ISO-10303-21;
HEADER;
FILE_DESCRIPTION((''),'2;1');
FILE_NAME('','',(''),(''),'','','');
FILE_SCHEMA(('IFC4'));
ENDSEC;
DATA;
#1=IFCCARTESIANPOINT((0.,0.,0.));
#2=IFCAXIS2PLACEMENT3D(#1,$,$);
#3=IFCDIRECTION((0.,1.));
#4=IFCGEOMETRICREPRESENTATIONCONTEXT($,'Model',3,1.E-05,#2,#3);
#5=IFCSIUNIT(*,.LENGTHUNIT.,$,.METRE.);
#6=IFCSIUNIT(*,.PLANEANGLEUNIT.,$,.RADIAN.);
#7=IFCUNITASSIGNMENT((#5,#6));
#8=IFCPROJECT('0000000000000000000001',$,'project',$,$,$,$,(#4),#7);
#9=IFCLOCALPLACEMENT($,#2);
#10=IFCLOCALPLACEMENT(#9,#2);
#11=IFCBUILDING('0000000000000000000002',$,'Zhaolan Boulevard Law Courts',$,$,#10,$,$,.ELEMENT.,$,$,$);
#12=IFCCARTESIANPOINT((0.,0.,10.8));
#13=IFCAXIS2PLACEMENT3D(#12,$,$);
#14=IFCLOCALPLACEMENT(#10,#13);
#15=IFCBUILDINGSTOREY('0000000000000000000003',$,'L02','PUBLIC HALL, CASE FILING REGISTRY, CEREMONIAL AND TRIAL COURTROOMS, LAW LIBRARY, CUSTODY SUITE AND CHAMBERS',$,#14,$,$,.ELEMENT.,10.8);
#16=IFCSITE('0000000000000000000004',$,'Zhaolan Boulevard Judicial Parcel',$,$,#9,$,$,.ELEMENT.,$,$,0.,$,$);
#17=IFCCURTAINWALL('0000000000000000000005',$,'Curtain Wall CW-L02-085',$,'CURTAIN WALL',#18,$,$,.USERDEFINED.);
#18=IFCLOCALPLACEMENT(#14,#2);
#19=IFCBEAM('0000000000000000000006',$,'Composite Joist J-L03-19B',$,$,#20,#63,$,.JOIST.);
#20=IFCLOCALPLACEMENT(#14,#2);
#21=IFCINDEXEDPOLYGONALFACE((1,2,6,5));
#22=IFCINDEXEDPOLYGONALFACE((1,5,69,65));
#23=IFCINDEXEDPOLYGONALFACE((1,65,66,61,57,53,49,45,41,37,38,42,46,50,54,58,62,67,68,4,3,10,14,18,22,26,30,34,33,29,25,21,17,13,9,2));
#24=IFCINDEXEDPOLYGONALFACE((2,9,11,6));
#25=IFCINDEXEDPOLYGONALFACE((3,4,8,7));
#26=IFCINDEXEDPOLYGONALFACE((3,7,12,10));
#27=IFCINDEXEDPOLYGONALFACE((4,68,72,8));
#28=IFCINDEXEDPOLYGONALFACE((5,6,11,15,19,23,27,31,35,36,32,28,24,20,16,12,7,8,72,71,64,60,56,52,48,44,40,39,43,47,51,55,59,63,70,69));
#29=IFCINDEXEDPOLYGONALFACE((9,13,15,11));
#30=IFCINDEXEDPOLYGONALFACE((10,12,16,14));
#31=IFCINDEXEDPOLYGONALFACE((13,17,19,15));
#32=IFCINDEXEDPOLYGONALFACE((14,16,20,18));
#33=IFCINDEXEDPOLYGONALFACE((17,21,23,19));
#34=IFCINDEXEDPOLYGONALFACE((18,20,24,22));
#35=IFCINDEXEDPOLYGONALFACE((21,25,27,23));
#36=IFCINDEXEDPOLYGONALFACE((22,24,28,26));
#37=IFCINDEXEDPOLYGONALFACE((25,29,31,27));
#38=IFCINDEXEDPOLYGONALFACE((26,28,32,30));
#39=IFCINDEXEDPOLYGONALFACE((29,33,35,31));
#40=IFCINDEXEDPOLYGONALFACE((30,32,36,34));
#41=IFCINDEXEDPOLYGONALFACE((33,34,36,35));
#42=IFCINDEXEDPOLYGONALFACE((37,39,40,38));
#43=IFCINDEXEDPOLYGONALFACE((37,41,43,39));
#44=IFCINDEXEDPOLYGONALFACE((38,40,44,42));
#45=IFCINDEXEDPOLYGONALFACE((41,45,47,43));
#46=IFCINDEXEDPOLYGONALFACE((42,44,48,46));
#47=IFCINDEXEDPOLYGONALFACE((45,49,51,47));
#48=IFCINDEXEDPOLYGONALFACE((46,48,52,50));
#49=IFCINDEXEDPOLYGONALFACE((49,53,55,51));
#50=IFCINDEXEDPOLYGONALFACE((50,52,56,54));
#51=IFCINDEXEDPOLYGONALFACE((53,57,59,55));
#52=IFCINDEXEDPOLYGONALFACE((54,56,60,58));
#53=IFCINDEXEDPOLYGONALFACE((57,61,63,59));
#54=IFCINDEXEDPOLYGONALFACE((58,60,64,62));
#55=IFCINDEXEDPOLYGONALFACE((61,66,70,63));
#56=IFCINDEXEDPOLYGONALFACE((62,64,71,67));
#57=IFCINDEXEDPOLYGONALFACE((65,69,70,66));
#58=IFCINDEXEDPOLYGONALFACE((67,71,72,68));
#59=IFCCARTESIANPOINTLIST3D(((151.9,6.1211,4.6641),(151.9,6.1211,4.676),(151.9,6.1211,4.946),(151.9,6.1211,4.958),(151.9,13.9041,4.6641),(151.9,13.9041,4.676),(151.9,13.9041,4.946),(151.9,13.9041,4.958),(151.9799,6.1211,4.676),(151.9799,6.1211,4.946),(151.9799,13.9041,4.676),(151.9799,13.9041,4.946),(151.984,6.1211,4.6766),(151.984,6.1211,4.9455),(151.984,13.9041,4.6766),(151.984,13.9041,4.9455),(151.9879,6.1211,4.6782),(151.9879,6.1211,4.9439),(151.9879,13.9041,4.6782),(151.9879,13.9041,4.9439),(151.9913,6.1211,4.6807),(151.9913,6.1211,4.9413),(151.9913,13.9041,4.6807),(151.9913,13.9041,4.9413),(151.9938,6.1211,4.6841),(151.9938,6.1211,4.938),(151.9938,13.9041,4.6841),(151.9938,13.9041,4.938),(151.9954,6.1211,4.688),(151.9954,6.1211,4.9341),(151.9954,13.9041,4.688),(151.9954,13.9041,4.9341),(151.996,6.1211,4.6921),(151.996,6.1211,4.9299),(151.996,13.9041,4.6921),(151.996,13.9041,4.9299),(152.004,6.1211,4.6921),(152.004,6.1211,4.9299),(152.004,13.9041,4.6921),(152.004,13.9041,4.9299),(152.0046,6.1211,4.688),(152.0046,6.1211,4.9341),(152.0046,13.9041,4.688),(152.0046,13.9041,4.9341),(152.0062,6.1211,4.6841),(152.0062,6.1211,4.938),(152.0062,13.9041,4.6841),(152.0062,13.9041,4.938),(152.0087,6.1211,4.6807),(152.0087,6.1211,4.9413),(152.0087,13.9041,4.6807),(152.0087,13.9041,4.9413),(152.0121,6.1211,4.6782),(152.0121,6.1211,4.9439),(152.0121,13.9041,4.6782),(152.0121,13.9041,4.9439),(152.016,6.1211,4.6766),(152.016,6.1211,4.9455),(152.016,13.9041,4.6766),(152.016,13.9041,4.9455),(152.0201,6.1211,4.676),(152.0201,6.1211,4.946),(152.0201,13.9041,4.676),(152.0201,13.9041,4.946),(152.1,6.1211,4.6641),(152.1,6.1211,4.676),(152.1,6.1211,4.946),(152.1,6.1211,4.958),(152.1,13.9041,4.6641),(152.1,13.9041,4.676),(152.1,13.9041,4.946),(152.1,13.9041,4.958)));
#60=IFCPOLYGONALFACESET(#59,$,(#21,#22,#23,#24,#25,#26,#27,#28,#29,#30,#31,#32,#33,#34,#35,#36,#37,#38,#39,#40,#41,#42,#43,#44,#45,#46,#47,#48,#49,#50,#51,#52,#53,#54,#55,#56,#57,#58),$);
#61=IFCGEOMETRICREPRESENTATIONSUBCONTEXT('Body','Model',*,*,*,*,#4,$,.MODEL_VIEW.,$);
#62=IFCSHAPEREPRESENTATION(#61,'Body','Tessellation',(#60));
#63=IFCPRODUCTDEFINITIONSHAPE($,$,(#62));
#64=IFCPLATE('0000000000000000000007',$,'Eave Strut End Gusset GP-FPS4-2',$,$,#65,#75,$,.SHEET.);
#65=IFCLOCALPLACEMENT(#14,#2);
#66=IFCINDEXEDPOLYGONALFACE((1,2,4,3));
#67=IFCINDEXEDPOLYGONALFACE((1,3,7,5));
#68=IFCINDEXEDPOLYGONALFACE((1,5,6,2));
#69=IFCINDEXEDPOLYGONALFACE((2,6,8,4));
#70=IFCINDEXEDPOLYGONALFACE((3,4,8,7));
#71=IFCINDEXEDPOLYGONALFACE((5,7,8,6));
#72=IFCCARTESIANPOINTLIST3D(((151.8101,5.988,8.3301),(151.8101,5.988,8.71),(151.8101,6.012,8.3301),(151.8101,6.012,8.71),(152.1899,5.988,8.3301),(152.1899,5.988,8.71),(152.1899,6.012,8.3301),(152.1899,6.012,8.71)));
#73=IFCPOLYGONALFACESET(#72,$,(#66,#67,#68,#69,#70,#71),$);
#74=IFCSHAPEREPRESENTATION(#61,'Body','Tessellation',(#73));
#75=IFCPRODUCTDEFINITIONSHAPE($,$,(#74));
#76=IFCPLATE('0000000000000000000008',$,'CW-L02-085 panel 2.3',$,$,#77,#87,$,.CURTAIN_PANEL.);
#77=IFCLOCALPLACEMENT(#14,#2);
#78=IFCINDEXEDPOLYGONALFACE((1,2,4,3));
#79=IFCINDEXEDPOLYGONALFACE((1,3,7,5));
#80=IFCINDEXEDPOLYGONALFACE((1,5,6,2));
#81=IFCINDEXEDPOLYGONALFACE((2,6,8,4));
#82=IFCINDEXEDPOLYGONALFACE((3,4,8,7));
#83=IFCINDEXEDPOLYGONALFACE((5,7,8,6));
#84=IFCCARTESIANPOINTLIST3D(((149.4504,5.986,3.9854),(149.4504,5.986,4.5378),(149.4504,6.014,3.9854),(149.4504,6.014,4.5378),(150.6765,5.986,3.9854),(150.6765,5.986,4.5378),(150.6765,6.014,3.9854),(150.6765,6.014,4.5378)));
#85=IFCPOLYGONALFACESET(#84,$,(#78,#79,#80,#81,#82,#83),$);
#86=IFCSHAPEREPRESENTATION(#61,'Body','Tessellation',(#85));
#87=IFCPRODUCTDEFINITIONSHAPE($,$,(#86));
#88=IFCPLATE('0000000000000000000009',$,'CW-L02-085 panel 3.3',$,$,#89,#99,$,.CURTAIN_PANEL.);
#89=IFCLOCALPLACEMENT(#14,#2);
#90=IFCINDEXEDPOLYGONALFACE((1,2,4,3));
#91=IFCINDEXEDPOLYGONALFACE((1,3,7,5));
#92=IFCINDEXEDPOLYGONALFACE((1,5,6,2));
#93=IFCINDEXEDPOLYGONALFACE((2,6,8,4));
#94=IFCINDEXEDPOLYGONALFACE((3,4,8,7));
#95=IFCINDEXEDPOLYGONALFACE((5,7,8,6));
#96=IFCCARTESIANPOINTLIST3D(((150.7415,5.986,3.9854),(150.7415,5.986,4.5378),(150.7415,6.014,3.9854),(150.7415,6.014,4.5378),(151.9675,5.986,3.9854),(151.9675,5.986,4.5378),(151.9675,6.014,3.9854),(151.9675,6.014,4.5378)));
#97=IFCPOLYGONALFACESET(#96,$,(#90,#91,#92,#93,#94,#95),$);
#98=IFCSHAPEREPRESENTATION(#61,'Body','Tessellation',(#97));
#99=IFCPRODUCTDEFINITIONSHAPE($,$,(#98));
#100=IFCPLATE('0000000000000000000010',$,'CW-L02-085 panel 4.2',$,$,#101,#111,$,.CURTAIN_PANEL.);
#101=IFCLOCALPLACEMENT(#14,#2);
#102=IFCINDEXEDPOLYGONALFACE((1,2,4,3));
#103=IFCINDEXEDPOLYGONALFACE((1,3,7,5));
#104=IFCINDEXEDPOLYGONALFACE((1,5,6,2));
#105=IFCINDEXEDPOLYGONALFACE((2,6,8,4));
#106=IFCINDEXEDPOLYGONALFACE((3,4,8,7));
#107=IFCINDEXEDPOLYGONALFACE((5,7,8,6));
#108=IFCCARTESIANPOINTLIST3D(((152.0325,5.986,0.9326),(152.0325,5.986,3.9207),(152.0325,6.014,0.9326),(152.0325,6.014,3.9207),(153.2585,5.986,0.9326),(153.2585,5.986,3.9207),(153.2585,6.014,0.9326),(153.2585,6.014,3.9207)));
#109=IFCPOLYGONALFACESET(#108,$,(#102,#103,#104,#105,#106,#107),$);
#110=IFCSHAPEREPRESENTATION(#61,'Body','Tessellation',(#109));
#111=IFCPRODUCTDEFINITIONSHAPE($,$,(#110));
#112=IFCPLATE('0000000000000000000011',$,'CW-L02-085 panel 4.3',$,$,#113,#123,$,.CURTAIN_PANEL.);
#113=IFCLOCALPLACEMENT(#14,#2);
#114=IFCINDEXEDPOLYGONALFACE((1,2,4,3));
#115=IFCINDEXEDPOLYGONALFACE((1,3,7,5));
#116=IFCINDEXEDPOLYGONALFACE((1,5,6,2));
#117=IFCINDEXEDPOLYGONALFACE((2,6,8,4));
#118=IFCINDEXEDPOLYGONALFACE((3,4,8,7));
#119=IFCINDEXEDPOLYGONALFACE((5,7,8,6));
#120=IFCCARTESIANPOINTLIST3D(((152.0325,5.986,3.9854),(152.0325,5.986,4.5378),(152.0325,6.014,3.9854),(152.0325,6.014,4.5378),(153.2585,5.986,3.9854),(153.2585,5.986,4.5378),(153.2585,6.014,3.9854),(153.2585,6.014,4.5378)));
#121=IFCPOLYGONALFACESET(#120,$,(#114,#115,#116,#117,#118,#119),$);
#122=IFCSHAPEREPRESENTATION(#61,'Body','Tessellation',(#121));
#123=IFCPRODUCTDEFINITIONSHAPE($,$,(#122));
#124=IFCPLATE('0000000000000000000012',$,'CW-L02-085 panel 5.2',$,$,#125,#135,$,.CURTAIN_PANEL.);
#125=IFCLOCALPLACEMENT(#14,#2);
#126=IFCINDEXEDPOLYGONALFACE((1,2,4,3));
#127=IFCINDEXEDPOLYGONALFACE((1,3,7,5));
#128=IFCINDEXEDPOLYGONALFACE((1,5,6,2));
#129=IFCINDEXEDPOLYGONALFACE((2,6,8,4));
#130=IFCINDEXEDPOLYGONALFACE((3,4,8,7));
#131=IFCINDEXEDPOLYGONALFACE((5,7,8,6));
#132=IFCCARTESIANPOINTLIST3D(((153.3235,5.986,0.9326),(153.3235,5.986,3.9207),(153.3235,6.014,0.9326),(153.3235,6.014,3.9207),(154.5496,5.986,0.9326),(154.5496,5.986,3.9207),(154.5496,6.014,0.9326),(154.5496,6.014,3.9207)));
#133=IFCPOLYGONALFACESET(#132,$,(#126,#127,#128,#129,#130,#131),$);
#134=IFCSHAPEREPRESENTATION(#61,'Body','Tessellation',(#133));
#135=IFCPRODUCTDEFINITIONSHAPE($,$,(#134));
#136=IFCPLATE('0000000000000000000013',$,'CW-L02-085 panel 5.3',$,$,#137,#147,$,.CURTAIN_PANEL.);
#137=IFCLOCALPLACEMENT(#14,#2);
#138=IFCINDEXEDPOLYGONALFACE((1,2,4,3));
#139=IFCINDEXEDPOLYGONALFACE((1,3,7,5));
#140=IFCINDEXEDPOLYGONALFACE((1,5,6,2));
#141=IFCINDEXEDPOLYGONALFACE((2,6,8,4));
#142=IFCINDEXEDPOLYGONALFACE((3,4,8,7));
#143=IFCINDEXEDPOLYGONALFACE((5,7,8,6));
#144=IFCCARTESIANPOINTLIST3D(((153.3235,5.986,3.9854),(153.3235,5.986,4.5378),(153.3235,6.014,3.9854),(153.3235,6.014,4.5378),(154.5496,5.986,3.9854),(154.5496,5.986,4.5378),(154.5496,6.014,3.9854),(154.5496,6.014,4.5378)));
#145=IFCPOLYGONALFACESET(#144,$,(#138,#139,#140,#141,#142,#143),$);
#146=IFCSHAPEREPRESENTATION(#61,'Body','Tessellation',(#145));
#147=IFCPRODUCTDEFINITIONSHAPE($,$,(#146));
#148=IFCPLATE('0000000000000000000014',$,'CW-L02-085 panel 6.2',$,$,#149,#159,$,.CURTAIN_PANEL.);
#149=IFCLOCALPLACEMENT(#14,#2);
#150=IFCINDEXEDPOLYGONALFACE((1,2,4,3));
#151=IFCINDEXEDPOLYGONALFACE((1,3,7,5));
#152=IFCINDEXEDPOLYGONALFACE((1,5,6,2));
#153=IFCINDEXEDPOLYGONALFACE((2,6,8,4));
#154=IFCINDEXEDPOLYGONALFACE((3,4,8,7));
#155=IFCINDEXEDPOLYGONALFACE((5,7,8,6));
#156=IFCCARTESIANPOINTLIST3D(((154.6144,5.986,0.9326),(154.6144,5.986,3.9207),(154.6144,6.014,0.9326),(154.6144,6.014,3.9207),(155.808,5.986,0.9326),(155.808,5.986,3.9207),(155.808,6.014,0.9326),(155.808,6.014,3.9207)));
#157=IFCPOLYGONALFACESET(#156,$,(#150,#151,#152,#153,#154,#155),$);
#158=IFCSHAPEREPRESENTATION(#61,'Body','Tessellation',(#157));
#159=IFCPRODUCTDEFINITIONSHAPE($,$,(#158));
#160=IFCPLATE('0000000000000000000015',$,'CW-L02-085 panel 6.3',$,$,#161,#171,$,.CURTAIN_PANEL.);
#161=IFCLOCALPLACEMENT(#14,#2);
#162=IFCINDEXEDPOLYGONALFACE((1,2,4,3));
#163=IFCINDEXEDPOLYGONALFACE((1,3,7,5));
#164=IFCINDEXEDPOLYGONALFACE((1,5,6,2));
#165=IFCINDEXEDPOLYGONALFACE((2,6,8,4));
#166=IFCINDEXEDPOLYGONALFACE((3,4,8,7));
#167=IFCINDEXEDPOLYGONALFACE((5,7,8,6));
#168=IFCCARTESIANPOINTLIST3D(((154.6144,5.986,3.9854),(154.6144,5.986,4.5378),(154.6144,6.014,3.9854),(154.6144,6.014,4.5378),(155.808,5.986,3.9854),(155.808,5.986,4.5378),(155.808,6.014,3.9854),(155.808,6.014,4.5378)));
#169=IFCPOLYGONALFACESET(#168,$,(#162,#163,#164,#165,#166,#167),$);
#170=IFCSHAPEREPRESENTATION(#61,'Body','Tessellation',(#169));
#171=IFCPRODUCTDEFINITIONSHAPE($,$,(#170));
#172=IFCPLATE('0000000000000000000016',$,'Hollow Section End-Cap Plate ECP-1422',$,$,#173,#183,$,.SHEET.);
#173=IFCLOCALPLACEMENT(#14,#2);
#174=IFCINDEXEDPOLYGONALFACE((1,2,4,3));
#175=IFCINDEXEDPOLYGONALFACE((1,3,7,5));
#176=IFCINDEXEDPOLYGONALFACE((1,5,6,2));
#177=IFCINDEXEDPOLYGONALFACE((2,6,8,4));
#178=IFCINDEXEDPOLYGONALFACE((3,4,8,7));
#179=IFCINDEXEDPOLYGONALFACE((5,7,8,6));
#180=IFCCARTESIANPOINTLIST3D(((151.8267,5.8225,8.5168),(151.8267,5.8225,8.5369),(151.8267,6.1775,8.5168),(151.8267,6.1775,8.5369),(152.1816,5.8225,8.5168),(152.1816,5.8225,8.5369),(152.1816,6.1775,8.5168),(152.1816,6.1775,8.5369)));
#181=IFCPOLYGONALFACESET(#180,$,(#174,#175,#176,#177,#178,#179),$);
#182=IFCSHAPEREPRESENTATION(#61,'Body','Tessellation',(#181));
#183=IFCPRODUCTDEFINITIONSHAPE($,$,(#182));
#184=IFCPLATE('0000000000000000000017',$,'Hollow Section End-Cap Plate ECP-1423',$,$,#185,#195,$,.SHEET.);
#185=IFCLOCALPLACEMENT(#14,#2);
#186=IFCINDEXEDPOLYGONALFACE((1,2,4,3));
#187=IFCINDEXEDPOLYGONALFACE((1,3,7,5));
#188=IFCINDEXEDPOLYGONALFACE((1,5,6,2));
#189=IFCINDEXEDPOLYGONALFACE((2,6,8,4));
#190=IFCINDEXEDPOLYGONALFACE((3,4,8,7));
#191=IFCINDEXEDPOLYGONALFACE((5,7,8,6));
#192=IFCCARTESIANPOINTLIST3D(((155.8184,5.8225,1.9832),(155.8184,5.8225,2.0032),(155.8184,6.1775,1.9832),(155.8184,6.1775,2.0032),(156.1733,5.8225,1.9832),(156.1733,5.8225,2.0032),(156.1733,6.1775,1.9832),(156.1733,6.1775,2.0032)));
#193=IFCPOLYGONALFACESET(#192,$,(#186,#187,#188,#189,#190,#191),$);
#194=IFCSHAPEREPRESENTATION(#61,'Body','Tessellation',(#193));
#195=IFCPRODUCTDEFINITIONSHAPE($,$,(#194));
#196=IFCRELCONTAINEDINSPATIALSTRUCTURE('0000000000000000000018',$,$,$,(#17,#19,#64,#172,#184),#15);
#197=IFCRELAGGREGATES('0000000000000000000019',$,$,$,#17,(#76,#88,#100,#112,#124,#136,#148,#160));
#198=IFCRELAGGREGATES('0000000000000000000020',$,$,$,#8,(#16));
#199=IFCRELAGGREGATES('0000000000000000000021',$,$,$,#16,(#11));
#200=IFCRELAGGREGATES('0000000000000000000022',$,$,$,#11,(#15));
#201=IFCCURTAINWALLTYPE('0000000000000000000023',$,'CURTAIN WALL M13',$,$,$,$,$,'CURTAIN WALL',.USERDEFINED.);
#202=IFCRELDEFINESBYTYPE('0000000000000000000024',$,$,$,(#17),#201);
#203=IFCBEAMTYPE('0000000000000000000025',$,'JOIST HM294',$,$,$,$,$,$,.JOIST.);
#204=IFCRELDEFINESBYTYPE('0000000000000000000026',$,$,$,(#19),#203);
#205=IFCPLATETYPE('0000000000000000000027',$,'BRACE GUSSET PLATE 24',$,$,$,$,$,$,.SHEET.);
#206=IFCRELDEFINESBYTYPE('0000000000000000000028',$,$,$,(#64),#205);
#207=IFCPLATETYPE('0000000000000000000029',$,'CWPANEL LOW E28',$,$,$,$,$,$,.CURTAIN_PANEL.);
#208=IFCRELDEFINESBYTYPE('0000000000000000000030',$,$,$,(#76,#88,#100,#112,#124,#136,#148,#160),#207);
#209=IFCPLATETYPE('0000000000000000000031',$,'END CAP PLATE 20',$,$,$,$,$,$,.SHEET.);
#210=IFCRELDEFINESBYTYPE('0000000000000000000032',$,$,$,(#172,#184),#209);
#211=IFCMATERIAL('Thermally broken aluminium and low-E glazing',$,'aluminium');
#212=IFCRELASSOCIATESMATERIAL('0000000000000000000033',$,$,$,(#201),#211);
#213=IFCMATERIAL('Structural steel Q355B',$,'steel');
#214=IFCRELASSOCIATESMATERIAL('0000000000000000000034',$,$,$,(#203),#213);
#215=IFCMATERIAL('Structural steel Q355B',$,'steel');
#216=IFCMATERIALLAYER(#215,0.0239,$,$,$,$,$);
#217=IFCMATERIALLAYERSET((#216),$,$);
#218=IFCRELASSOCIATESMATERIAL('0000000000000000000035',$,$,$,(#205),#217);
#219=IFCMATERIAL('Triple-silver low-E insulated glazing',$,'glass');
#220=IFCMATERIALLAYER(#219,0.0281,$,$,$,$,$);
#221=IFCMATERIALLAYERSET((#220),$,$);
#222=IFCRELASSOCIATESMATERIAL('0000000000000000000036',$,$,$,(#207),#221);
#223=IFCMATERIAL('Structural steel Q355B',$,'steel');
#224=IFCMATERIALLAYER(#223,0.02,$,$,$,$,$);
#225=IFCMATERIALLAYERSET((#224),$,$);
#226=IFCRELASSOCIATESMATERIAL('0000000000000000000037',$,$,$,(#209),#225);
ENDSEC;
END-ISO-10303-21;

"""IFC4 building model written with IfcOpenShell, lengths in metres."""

from ifc_helpers import new_model, si_unit, direction, frame, origin, origin_2d, place, context, subcontext, project, spatial, rectangle, i_section, extrude, material, layer, layer_set, material_profile, profile_set, type_object, element, aggregate, save


model = new_model("IFC4")

# Units and contexts
model_context = context("Model", 3, precision=1e-05, world=origin(), true_north=direction((0.0, 1.0)))
body_context = subcontext(model_context, "Body", "Model", "MODEL_VIEW")
ifc_project = project(units=[si_unit("LENGTHUNIT", "METRE"), si_unit("PLANEANGLEUNIT", "RADIAN")], contexts=[model_context])

# Site, building, storey
site_placement = place(None, origin())
site = spatial("IfcSite", under=ifc_project, at=site_placement, Name="Zhaolan Boulevard Judicial Parcel", CompositionType="ELEMENT", RefElevation=0.0)
building_placement = place(site_placement, origin())
building = spatial("IfcBuilding", under=site, at=building_placement, Name="Zhaolan Boulevard Law Courts", CompositionType="ELEMENT")
storey_placement = place(building_placement, frame((0.0, 0.0, 10.8)))
storey = spatial("IfcBuildingStorey", under=building, at=storey_placement, Name="L02", Description="PUBLIC HALL, CASE FILING REGISTRY, CEREMONIAL AND TRIAL COURTROOMS, LAW LIBRARY, CUSTODY SUITE AND CHAMBERS", CompositionType="ELEMENT", Elevation=10.8)

# Curtain wall
ifc_material_1 = material(Name="Thermally broken aluminium and low-E glazing", Category="aluminium")
curtain_wall_type = type_object("IfcCurtainWallType", Name="CURTAIN WALL M13", ElementType="CURTAIN WALL", PredefinedType="USERDEFINED", material=ifc_material_1)
curtain_wall_placement = place(storey_placement, origin())
curtain_wall = element("IfcCurtainWall", 1, at=curtain_wall_placement, inside=storey, type_object=curtain_wall_type, Name="Curtain Wall CW-L02-085", ObjectType="CURTAIN WALL", PredefinedType="USERDEFINED")

# Beam
ifc_material_2 = material(Name="Structural steel Q355B", Category="steel")
ifc_material_profile_1 = material_profile(ifc_material_2, i_section(OverallWidth=0.2, OverallDepth=0.2939, WebThickness=0.0081, FlangeThickness=0.012, FilletRadius=0.0161, at=origin_2d()), Name="HM294x200")
ifc_profile_set_1 = profile_set([ifc_material_profile_1], Name="Structural steel Q355B")
beam_type_1 = type_object("IfcBeamType", Name="JOIST HM294", PredefinedType="JOIST", material=ifc_profile_set_1)
beam_1_placement = place(storey_placement, frame((152.0, 6.1211, 4.811), z_axis=(0.0, 1.0, 0.0), x_axis=(-1.0, 0.0, 0.0)))
element("IfcBeam", 2, at=beam_1_placement, inside=storey, type_object=beam_type_1, Name="Composite Joist J-L03-19B", PredefinedType="JOIST", context=body_context, shape_type="SweptSolid", body=[
    extrude(i_section(OverallWidth=0.2, OverallDepth=0.2939, WebThickness=0.0081, FlangeThickness=0.012, FilletRadius=0.0161, at=origin_2d()), origin(), (0.0, 0.0, 1.0), 7.783),
])

# Plates
ifc_material_3 = material(Name="Structural steel Q355B", Category="steel")
ifc_layer_1 = layer(ifc_material_3, 0.0239)
ifc_layer_set_1 = layer_set([ifc_layer_1])
plate_type_1 = type_object("IfcPlateType", Name="BRACE GUSSET PLATE 24", PredefinedType="SHEET", material=ifc_layer_set_1)
plate_1_placement = place(storey_placement, frame((152.0, 6.0, 8.3301), z_axis=(0.0, 0.0, 1.0), x_axis=(1.0, 0.0, 0.0)))
element("IfcPlate", 3, at=plate_1_placement, inside=storey, type_object=plate_type_1, Name="Eave Strut End Gusset GP-FPS4-2", PredefinedType="SHEET", context=body_context, shape_type="SweptSolid", body=[
    extrude(rectangle(XDim=0.3799, YDim=0.0239, at=origin_2d()), origin(), (0.0, 0.0, 1.0), 0.3799),
])
ifc_material_4 = material(Name="Triple-silver low-E insulated glazing", Category="glass")
ifc_layer_2 = layer(ifc_material_4, 0.0281)
ifc_layer_set_2 = layer_set([ifc_layer_2])
plate_type_2 = type_object("IfcPlateType", Name="CWPANEL LOW E28", PredefinedType="CURTAIN_PANEL", material=ifc_layer_set_2)
plate_2_placement = place(storey_placement, frame((150.0635, 6.0, 3.9854), z_axis=(0.0, 0.0, 1.0), x_axis=(1.0, 0.0, 0.0)))
plate_2 = element("IfcPlate", 4, at=plate_2_placement, type_object=plate_type_2, Name="CW-L02-085 panel 2.3", PredefinedType="CURTAIN_PANEL", context=body_context, shape_type="SweptSolid", body=[
    extrude(rectangle(XDim=1.2261, YDim=0.0281, at=origin_2d()), origin(), (0.0, 0.0, 1.0), 0.5525),
])
plate_3_placement = place(storey_placement, frame((151.3545, 6.0, 3.9854), z_axis=(0.0, 0.0, 1.0), x_axis=(1.0, 0.0, 0.0)))
plate_3 = element("IfcPlate", 5, at=plate_3_placement, type_object=plate_type_2, Name="CW-L02-085 panel 3.3", PredefinedType="CURTAIN_PANEL", context=body_context, shape_type="SweptSolid", body=[
    extrude(rectangle(XDim=1.2261, YDim=0.0281, at=origin_2d()), origin(), (0.0, 0.0, 1.0), 0.5525),
])
plate_4_placement = place(storey_placement, frame((152.6455, 6.0, 0.9326), z_axis=(0.0, 0.0, 1.0), x_axis=(1.0, 0.0, 0.0)))
plate_4 = element("IfcPlate", 6, at=plate_4_placement, type_object=plate_type_2, Name="CW-L02-085 panel 4.2", PredefinedType="CURTAIN_PANEL", context=body_context, shape_type="SweptSolid", body=[
    extrude(rectangle(XDim=1.2261, YDim=0.0281, at=origin_2d()), origin(), (0.0, 0.0, 1.0), 2.988),
])
plate_5_placement = place(storey_placement, frame((152.6455, 6.0, 3.9854), z_axis=(0.0, 0.0, 1.0), x_axis=(1.0, 0.0, 0.0)))
plate_5 = element("IfcPlate", 7, at=plate_5_placement, type_object=plate_type_2, Name="CW-L02-085 panel 4.3", PredefinedType="CURTAIN_PANEL", context=body_context, shape_type="SweptSolid", body=[
    extrude(rectangle(XDim=1.2261, YDim=0.0281, at=origin_2d()), origin(), (0.0, 0.0, 1.0), 0.5525),
])
plate_6_placement = place(storey_placement, frame((153.9365, 6.0, 0.9326), z_axis=(0.0, 0.0, 1.0), x_axis=(1.0, 0.0, 0.0)))
plate_6 = element("IfcPlate", 8, at=plate_6_placement, type_object=plate_type_2, Name="CW-L02-085 panel 5.2", PredefinedType="CURTAIN_PANEL", context=body_context, shape_type="SweptSolid", body=[
    extrude(rectangle(XDim=1.2261, YDim=0.0281, at=origin_2d()), origin(), (0.0, 0.0, 1.0), 2.988),
])
plate_7_placement = place(storey_placement, frame((153.9365, 6.0, 3.9854), z_axis=(0.0, 0.0, 1.0), x_axis=(1.0, 0.0, 0.0)))
plate_7 = element("IfcPlate", 9, at=plate_7_placement, type_object=plate_type_2, Name="CW-L02-085 panel 5.3", PredefinedType="CURTAIN_PANEL", context=body_context, shape_type="SweptSolid", body=[
    extrude(rectangle(XDim=1.2261, YDim=0.0281, at=origin_2d()), origin(), (0.0, 0.0, 1.0), 0.5525),
])
plate_8_placement = place(storey_placement, frame((155.2112, 6.0, 0.9326), z_axis=(0.0, 0.0, 1.0), x_axis=(1.0, 0.0, 0.0)))
plate_8 = element("IfcPlate", 10, at=plate_8_placement, type_object=plate_type_2, Name="CW-L02-085 panel 6.2", PredefinedType="CURTAIN_PANEL", context=body_context, shape_type="SweptSolid", body=[
    extrude(rectangle(XDim=1.1936, YDim=0.0281, at=origin_2d()), origin(), (0.0, 0.0, 1.0), 2.988),
])
plate_9_placement = place(storey_placement, frame((155.2112, 6.0, 3.9854), z_axis=(0.0, 0.0, 1.0), x_axis=(1.0, 0.0, 0.0)))
plate_9 = element("IfcPlate", 11, at=plate_9_placement, type_object=plate_type_2, Name="CW-L02-085 panel 6.3", PredefinedType="CURTAIN_PANEL", context=body_context, shape_type="SweptSolid", body=[
    extrude(rectangle(XDim=1.1936, YDim=0.0281, at=origin_2d()), origin(), (0.0, 0.0, 1.0), 0.5525),
])
aggregate(curtain_wall, [plate_2, plate_3, plate_4, plate_5, plate_6, plate_7, plate_8, plate_9])

# Plates
ifc_material_5 = material(Name="Structural steel Q355B", Category="steel")
ifc_layer_3 = layer(ifc_material_5, 0.02)
ifc_layer_set_3 = layer_set([ifc_layer_3])
plate_type_3 = type_object("IfcPlateType", Name="END CAP PLATE 20", PredefinedType="SHEET", material=ifc_layer_set_3)
for number, where, z_axis, x_axis, name in (
    (12, (152.0042, 6.0, 8.5168), (0.0, 0.0, 1.0), (1.0, 0.0, 0.0), "Hollow Section End-Cap Plate ECP-1422"),
    (13, (155.9958, 6.0, 1.9832), (0.0, 0.0, 1.0), (1.0, 0.0, 0.0), "Hollow Section End-Cap Plate ECP-1423"),
):
    element("IfcPlate", number, at=place(storey_placement, frame(where, z_axis=z_axis, x_axis=x_axis)), inside=storey, type_object=plate_type_3, Name=name, PredefinedType="SHEET", context=body_context, shape_type="SweptSolid", body=[
        extrude(rectangle(XDim=0.355, YDim=0.355, at=origin_2d()), origin(), (0.0, 0.0, 1.0), 0.02),
    ])

save(model, "model.ifc")
